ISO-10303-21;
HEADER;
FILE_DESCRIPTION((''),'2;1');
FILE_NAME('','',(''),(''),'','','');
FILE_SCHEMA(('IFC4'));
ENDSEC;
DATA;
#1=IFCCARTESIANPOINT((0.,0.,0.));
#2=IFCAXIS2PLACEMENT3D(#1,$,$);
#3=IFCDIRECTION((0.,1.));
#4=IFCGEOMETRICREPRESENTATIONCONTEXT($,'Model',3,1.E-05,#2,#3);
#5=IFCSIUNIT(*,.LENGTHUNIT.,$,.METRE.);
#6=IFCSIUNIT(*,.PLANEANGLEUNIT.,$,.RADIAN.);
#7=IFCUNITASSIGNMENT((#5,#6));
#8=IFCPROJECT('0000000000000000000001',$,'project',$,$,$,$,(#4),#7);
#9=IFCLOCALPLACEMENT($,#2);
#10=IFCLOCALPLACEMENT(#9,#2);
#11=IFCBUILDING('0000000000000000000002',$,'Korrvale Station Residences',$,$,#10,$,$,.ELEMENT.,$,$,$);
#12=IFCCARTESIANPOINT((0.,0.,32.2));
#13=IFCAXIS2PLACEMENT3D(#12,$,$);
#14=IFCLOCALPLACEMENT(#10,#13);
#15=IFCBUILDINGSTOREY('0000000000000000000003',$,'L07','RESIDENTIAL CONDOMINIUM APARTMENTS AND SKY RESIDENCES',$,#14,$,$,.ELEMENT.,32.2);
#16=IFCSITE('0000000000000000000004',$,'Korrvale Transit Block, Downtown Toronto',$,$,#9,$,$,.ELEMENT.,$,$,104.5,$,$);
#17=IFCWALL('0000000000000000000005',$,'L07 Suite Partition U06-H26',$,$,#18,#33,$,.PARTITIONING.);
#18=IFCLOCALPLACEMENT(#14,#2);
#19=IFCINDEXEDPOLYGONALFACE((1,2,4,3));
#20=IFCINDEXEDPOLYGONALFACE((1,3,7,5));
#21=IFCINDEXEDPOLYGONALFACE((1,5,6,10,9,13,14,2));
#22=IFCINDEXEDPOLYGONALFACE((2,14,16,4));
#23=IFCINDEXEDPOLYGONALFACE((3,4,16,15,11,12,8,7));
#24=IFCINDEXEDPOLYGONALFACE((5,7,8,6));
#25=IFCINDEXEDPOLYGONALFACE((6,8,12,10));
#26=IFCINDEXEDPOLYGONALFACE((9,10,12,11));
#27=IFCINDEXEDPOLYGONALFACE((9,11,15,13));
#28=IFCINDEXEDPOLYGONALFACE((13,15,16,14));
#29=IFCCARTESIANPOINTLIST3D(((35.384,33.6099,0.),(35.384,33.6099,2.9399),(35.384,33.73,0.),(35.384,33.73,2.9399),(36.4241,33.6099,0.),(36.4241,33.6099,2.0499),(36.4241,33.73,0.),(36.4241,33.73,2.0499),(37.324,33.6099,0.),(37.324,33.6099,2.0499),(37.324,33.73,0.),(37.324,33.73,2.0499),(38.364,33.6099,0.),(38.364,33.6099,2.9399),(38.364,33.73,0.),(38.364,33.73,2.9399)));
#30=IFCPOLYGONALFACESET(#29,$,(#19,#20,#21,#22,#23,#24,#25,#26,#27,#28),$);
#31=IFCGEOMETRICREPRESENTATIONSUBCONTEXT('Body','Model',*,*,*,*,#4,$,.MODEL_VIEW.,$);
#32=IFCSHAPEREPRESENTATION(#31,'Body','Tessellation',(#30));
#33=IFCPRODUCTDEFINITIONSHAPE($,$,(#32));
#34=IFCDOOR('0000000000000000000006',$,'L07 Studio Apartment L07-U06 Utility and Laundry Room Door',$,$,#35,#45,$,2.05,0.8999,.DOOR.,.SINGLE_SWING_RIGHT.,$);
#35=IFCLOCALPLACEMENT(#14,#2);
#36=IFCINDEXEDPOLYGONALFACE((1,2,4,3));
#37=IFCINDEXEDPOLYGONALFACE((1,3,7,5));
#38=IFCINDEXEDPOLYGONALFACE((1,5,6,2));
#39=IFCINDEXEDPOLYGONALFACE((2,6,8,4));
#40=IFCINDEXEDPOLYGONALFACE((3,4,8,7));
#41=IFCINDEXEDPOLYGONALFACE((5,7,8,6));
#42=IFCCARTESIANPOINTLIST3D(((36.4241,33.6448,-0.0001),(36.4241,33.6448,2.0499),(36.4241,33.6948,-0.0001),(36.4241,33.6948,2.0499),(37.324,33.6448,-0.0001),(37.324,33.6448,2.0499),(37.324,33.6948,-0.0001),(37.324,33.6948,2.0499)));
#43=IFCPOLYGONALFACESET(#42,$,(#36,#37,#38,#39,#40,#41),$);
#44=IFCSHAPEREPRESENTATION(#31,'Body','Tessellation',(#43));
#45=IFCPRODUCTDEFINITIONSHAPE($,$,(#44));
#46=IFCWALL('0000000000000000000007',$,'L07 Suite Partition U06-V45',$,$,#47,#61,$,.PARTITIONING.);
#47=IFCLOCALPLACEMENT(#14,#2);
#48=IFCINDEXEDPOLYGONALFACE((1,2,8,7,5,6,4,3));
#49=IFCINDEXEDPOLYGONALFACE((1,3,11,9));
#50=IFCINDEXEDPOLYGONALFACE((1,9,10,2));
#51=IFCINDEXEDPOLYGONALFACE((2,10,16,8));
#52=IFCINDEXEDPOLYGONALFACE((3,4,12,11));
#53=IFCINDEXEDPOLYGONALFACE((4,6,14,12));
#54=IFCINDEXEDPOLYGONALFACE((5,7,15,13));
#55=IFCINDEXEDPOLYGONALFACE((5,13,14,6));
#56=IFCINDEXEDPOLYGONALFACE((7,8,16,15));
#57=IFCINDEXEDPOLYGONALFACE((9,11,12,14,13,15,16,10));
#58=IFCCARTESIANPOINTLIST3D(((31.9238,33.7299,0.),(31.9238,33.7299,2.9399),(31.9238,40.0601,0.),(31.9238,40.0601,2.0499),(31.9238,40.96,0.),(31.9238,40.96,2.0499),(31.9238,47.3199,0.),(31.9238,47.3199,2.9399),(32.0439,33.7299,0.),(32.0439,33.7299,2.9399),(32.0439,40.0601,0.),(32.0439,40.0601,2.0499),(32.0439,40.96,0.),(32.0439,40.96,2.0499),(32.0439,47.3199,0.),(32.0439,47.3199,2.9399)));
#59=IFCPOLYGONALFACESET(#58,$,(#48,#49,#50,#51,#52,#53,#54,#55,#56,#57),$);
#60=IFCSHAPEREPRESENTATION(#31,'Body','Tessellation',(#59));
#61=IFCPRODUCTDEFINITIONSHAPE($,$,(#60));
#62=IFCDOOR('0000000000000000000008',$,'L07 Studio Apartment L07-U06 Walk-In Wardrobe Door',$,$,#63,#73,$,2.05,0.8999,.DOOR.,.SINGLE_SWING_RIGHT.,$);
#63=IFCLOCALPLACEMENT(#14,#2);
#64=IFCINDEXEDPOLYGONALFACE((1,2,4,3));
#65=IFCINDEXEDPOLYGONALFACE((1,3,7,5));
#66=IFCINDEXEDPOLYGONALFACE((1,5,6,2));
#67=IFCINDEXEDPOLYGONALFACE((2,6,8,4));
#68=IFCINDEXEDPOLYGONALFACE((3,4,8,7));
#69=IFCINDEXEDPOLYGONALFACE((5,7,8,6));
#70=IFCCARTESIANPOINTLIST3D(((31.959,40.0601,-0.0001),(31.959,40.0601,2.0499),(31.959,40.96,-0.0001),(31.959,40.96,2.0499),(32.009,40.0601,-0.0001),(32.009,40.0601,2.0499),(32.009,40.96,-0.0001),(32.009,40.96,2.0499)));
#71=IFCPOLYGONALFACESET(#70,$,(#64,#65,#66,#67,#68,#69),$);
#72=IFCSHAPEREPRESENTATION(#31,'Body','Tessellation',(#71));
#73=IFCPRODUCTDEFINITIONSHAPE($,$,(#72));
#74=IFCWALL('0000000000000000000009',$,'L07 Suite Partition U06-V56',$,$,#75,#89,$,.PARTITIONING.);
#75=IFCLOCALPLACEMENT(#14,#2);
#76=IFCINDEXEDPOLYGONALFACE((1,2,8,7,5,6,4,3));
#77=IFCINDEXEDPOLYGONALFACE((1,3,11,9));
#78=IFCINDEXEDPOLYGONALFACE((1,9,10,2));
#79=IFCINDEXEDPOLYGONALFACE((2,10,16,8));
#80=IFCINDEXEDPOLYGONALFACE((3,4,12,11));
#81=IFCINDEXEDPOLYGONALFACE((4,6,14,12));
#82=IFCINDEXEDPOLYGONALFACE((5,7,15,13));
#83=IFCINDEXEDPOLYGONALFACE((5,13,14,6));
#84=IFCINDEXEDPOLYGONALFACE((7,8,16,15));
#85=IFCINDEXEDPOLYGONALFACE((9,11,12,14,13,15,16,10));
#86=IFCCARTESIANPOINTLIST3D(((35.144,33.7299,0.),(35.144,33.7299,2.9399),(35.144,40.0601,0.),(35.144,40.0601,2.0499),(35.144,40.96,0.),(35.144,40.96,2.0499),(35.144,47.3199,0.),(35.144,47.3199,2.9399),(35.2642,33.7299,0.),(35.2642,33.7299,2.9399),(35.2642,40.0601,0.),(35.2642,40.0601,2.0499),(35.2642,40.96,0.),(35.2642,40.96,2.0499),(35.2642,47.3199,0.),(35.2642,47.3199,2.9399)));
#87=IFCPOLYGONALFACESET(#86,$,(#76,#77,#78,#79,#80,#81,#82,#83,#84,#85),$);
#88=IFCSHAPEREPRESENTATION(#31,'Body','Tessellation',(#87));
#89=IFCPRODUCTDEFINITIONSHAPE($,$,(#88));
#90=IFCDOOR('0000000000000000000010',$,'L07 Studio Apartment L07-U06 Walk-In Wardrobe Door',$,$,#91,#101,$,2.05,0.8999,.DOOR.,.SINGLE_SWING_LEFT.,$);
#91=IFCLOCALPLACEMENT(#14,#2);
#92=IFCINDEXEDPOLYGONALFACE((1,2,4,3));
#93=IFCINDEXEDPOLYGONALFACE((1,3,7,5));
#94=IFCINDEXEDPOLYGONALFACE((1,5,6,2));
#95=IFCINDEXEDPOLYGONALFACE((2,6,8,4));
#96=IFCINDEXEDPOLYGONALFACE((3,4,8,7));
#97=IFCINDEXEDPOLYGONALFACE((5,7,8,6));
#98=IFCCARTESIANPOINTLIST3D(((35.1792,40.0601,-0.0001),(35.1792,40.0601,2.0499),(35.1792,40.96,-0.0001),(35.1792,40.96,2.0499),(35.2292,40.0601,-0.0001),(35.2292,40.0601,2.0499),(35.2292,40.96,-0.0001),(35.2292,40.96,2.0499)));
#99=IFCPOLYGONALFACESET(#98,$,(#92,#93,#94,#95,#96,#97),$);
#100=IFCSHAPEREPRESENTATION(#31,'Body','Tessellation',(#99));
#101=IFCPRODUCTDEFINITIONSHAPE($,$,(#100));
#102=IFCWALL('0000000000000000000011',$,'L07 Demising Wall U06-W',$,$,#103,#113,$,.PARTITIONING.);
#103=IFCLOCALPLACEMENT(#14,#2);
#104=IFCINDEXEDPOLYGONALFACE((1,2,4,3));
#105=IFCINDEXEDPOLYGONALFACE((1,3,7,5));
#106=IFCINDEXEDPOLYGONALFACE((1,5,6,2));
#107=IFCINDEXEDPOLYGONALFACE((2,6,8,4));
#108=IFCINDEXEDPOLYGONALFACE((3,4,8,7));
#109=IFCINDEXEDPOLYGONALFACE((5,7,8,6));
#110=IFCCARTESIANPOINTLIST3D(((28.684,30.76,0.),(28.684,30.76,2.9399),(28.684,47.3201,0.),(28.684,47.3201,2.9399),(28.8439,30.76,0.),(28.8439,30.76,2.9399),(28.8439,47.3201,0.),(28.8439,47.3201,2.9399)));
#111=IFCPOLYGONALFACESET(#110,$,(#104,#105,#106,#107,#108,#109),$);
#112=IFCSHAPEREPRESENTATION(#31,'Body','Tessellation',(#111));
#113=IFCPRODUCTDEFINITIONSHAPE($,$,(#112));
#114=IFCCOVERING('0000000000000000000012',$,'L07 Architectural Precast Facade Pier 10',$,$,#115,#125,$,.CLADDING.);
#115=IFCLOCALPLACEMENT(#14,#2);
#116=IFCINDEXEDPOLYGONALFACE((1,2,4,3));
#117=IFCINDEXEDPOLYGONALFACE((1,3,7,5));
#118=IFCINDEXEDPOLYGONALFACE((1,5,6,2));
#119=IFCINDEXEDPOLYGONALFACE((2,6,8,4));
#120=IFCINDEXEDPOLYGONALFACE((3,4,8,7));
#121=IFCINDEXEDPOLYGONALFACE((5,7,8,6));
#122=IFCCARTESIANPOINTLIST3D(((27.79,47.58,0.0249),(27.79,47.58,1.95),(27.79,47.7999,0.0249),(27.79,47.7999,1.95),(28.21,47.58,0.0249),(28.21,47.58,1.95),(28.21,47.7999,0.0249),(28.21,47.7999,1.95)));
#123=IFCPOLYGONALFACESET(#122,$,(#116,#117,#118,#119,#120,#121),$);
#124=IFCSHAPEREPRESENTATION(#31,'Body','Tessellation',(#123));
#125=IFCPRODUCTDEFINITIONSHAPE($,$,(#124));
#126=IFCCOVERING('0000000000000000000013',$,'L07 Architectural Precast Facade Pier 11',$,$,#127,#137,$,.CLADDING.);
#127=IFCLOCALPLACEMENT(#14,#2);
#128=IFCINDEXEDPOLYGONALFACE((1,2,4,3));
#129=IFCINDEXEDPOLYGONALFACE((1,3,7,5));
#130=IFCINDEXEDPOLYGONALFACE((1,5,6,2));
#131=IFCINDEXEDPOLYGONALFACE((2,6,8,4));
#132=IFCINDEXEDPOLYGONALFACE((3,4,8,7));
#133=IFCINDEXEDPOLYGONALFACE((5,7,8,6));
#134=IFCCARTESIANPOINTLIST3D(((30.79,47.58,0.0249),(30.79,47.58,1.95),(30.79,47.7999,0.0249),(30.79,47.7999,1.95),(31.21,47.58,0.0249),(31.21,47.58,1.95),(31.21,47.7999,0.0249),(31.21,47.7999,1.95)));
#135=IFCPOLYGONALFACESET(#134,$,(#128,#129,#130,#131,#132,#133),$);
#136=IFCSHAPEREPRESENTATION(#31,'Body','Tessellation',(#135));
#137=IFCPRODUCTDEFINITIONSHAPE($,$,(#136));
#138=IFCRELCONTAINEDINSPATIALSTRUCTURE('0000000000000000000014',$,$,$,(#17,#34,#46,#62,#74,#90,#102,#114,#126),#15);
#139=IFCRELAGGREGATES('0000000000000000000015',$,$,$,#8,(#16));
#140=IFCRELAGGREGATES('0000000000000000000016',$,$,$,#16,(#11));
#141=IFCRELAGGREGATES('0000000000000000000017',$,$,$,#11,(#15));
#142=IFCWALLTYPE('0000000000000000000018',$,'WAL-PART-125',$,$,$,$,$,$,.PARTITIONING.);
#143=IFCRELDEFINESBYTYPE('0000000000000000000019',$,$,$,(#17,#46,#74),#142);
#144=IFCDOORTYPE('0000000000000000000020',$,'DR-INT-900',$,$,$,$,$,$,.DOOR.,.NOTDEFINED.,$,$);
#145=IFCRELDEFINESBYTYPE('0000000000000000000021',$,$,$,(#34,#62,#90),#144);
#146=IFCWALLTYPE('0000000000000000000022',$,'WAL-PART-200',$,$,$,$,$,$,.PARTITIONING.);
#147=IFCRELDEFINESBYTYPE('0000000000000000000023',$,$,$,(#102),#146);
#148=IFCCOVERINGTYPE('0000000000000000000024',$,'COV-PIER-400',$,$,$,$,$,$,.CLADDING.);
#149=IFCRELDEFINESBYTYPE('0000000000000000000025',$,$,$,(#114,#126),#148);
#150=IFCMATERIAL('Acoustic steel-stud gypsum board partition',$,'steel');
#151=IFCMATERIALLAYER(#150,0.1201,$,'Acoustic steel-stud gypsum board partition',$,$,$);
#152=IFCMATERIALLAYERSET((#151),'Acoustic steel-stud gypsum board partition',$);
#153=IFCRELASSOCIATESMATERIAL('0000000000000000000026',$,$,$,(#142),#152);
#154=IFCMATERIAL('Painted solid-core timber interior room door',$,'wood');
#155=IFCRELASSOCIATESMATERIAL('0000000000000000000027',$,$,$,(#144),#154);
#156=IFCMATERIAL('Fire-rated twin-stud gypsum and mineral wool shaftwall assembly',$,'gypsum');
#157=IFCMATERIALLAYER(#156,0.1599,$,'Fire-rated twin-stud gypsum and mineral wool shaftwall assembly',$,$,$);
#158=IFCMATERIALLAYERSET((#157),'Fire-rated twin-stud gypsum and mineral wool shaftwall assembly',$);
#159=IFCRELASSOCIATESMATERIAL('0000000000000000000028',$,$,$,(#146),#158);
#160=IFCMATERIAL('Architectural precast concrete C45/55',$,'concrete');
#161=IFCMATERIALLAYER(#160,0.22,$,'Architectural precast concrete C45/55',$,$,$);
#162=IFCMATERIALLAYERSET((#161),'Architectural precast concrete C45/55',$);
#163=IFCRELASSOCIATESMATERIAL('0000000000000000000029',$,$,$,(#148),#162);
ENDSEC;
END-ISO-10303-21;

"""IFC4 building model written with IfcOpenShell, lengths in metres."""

from ifc_helpers import new_model, si_unit, direction, frame, frame_2d, origin, origin_2d, place, context, subcontext, project, spatial, rectangle, extrude, material, layer, layer_set, type_object, element, fill, save


model = new_model("IFC4")

# Units and contexts
model_context = context("Model", 3, precision=1e-05, world=origin(), true_north=direction((0.0, 1.0)))
body_context = subcontext(model_context, "Body", "Model", "MODEL_VIEW")
ifc_project = project(units=[si_unit("LENGTHUNIT", "METRE"), si_unit("PLANEANGLEUNIT", "RADIAN")], contexts=[model_context])

# Site, building, storey
site_placement = place(None, origin())
site = spatial("IfcSite", under=ifc_project, at=site_placement, Name="Korrvale Transit Block, Downtown Toronto", CompositionType="ELEMENT", RefElevation=104.5)
building_placement = place(site_placement, origin())
building = spatial("IfcBuilding", under=site, at=building_placement, Name="Korrvale Station Residences", CompositionType="ELEMENT")
storey_placement = place(building_placement, frame((0.0, 0.0, 32.2)))
storey = spatial("IfcBuildingStorey", under=building, at=storey_placement, Name="L07", Description="RESIDENTIAL CONDOMINIUM APARTMENTS AND SKY RESIDENCES", CompositionType="ELEMENT", Elevation=32.2)

# Shared definitions
ifc_material_1 = material(Name="Acoustic steel-stud gypsum board partition", Category="steel")
ifc_layer_1 = layer(ifc_material_1, 0.1201, Name="Acoustic steel-stud gypsum board partition")
ifc_layer_set_1 = layer_set([ifc_layer_1], Name="Acoustic steel-stud gypsum board partition")
wall_type_1 = type_object("IfcWallType", Name="WAL-PART-125", PredefinedType="PARTITIONING", material=ifc_layer_set_1)
ifc_material_2 = material(Name="Painted solid-core timber interior room door", Category="wood")
door_type_1 = type_object("IfcDoorType", Name="DR-INT-900", OperationType="NOTDEFINED", PredefinedType="DOOR", material=ifc_material_2)

# Walls, openings, doors
wall_1_placement = place(storey_placement, frame((35.384, 33.6699, 0.0), z_axis=(0.0, 0.0, 1.0), x_axis=(1.0, 0.0, 0.0)))
wall_1 = element("IfcWall", 1, at=wall_1_placement, inside=storey, type_object=wall_type_1, Name="L07 Suite Partition U06-H26", PredefinedType="PARTITIONING", context=body_context, shape_type="SweptSolid", body=[
    extrude(rectangle(XDim=2.98, YDim=0.1201, at=frame_2d((1.49, 0.0))), origin(), (0.0, 0.0, 1.0), 2.9399),
])
opening_1_placement = place(wall_1_placement, frame((1.04, 0.0, 0.0)))
opening_1 = element("IfcOpeningElement", 2, at=opening_1_placement, cuts=wall_1, PredefinedType="OPENING", context=body_context, shape_type="SweptSolid", body=[
    extrude(rectangle(XDim=0.8999, YDim=2.05, at=frame_2d((0.45, 1.0249))), frame((0.0, 0.0701, 0.0), z_axis=(0.0, -1.0, 0.0), x_axis=(1.0, 0.0, 0.0)), (0.0, 0.0, 1.0), 0.1401),
])
door_1_placement = place(opening_1_placement, origin())
door_1 = element("IfcDoor", 3, at=door_1_placement, inside=storey, type_object=door_type_1, Name="L07 Studio Apartment L07-U06 Utility and Laundry Room Door", OperationType="SINGLE_SWING_RIGHT", OverallHeight=2.05, OverallWidth=0.8999, PredefinedType="DOOR", context=body_context, shape_type="SweptSolid", body=[
    extrude(rectangle(XDim=0.8999, YDim=2.05, at=frame_2d((0.45, 1.0249))), frame((0.0, 0.0249, 0.0), z_axis=(0.0, -1.0, 0.0), x_axis=(1.0, 0.0, 0.0)), (0.0, 0.0, 1.0), 0.05),
])
fill(opening_1, door_1)
wall_2_placement = place(storey_placement, frame((31.9839, 33.73, 0.0), z_axis=(0.0, 0.0, 1.0), x_axis=(0.0, 1.0, 0.0)))
wall_2 = element("IfcWall", 4, at=wall_2_placement, inside=storey, type_object=wall_type_1, Name="L07 Suite Partition U06-V45", PredefinedType="PARTITIONING", context=body_context, shape_type="SweptSolid", body=[
    extrude(rectangle(XDim=13.5901, YDim=0.1201, at=frame_2d((6.7949, 0.0))), origin(), (0.0, 0.0, 1.0), 2.9399),
])
opening_2_placement = place(wall_2_placement, frame((6.3301, 0.0, 0.0)))
opening_2 = element("IfcOpeningElement", 5, at=opening_2_placement, cuts=wall_2, PredefinedType="OPENING", context=body_context, shape_type="SweptSolid", body=[
    extrude(rectangle(XDim=0.8999, YDim=2.05, at=frame_2d((0.45, 1.0249))), frame((0.0, 0.0701, 0.0), z_axis=(0.0, -1.0, 0.0), x_axis=(1.0, 0.0, 0.0)), (0.0, 0.0, 1.0), 0.1401),
])
door_2_placement = place(opening_2_placement, origin())
door_2 = element("IfcDoor", 6, at=door_2_placement, inside=storey, type_object=door_type_1, Name="L07 Studio Apartment L07-U06 Walk-In Wardrobe Door", OperationType="SINGLE_SWING_RIGHT", OverallHeight=2.05, OverallWidth=0.8999, PredefinedType="DOOR", context=body_context, shape_type="SweptSolid", body=[
    extrude(rectangle(XDim=0.8999, YDim=2.05, at=frame_2d((0.45, 1.0249))), frame((0.0, 0.0249, 0.0), z_axis=(0.0, -1.0, 0.0), x_axis=(1.0, 0.0, 0.0)), (0.0, 0.0, 1.0), 0.05),
])
fill(opening_2, door_2)
wall_3_placement = place(storey_placement, frame((35.2041, 33.73, 0.0), z_axis=(0.0, 0.0, 1.0), x_axis=(0.0, 1.0, 0.0)))
wall_3 = element("IfcWall", 7, at=wall_3_placement, inside=storey, type_object=wall_type_1, Name="L07 Suite Partition U06-V56", PredefinedType="PARTITIONING", context=body_context, shape_type="SweptSolid", body=[
    extrude(rectangle(XDim=13.5901, YDim=0.1201, at=frame_2d((6.7949, 0.0))), origin(), (0.0, 0.0, 1.0), 2.9399),
])
opening_3_placement = place(wall_3_placement, frame((6.3301, 0.0, 0.0)))
opening_3 = element("IfcOpeningElement", 8, at=opening_3_placement, cuts=wall_3, PredefinedType="OPENING", context=body_context, shape_type="SweptSolid", body=[
    extrude(rectangle(XDim=0.8999, YDim=2.05, at=frame_2d((0.45, 1.0249))), frame((0.0, 0.0701, 0.0), z_axis=(0.0, -1.0, 0.0), x_axis=(1.0, 0.0, 0.0)), (0.0, 0.0, 1.0), 0.1401),
])
door_3_placement = place(opening_3_placement, origin())
door_3 = element("IfcDoor", 9, at=door_3_placement, inside=storey, type_object=door_type_1, Name="L07 Studio Apartment L07-U06 Walk-In Wardrobe Door", OperationType="SINGLE_SWING_LEFT", OverallHeight=2.05, OverallWidth=0.8999, PredefinedType="DOOR", context=body_context, shape_type="SweptSolid", body=[
    extrude(rectangle(XDim=0.8999, YDim=2.05, at=frame_2d((0.45, 1.0249))), frame((0.0, 0.0249, 0.0), z_axis=(0.0, -1.0, 0.0), x_axis=(1.0, 0.0, 0.0)), (0.0, 0.0, 1.0), 0.05),
])
fill(opening_3, door_3)

# Wall
ifc_material_3 = material(Name="Fire-rated twin-stud gypsum and mineral wool shaftwall assembly", Category="gypsum")
ifc_layer_2 = layer(ifc_material_3, 0.1599, Name="Fire-rated twin-stud gypsum and mineral wool shaftwall assembly")
ifc_layer_set_2 = layer_set([ifc_layer_2], Name="Fire-rated twin-stud gypsum and mineral wool shaftwall assembly")
wall_type_2 = type_object("IfcWallType", Name="WAL-PART-200", PredefinedType="PARTITIONING", material=ifc_layer_set_2)
wall_4_placement = place(storey_placement, frame((28.7639, 30.76, 0.0), z_axis=(0.0, 0.0, 1.0), x_axis=(0.0, 1.0, 0.0)))
element("IfcWall", 10, at=wall_4_placement, inside=storey, type_object=wall_type_2, Name="L07 Demising Wall U06-W", PredefinedType="PARTITIONING", context=body_context, shape_type="SweptSolid", body=[
    extrude(rectangle(XDim=16.5601, YDim=0.1599, at=frame_2d((8.28, 0.0))), origin(), (0.0, 0.0, 1.0), 2.9399),
])

# Coverings
ifc_material_4 = material(Name="Architectural precast concrete C45/55", Category="concrete")
ifc_layer_3 = layer(ifc_material_4, 0.22, Name="Architectural precast concrete C45/55")
ifc_layer_set_3 = layer_set([ifc_layer_3], Name="Architectural precast concrete C45/55")
covering_type = type_object("IfcCoveringType", Name="COV-PIER-400", PredefinedType="CLADDING", material=ifc_layer_set_3)
for number, where, z_axis, x_axis, name in (
    (11, (28.0, 47.6899, 0.0249), (0.0, 0.0, 1.0), (1.0, 0.0, 0.0), "L07 Architectural Precast Facade Pier 10"),
    (12, (31.0, 47.6899, 0.0249), (0.0, 0.0, 1.0), (1.0, 0.0, 0.0), "L07 Architectural Precast Facade Pier 11"),
):
    element("IfcCovering", number, at=place(storey_placement, frame(where, z_axis=z_axis, x_axis=x_axis)), inside=storey, type_object=covering_type, Name=name, PredefinedType="CLADDING", context=body_context, shape_type="SweptSolid", body=[
        extrude(rectangle(XDim=0.4199, YDim=0.22, at=origin_2d()), origin(), (0.0, 0.0, 1.0), 1.925),
    ])

save(model, "model.ifc")
